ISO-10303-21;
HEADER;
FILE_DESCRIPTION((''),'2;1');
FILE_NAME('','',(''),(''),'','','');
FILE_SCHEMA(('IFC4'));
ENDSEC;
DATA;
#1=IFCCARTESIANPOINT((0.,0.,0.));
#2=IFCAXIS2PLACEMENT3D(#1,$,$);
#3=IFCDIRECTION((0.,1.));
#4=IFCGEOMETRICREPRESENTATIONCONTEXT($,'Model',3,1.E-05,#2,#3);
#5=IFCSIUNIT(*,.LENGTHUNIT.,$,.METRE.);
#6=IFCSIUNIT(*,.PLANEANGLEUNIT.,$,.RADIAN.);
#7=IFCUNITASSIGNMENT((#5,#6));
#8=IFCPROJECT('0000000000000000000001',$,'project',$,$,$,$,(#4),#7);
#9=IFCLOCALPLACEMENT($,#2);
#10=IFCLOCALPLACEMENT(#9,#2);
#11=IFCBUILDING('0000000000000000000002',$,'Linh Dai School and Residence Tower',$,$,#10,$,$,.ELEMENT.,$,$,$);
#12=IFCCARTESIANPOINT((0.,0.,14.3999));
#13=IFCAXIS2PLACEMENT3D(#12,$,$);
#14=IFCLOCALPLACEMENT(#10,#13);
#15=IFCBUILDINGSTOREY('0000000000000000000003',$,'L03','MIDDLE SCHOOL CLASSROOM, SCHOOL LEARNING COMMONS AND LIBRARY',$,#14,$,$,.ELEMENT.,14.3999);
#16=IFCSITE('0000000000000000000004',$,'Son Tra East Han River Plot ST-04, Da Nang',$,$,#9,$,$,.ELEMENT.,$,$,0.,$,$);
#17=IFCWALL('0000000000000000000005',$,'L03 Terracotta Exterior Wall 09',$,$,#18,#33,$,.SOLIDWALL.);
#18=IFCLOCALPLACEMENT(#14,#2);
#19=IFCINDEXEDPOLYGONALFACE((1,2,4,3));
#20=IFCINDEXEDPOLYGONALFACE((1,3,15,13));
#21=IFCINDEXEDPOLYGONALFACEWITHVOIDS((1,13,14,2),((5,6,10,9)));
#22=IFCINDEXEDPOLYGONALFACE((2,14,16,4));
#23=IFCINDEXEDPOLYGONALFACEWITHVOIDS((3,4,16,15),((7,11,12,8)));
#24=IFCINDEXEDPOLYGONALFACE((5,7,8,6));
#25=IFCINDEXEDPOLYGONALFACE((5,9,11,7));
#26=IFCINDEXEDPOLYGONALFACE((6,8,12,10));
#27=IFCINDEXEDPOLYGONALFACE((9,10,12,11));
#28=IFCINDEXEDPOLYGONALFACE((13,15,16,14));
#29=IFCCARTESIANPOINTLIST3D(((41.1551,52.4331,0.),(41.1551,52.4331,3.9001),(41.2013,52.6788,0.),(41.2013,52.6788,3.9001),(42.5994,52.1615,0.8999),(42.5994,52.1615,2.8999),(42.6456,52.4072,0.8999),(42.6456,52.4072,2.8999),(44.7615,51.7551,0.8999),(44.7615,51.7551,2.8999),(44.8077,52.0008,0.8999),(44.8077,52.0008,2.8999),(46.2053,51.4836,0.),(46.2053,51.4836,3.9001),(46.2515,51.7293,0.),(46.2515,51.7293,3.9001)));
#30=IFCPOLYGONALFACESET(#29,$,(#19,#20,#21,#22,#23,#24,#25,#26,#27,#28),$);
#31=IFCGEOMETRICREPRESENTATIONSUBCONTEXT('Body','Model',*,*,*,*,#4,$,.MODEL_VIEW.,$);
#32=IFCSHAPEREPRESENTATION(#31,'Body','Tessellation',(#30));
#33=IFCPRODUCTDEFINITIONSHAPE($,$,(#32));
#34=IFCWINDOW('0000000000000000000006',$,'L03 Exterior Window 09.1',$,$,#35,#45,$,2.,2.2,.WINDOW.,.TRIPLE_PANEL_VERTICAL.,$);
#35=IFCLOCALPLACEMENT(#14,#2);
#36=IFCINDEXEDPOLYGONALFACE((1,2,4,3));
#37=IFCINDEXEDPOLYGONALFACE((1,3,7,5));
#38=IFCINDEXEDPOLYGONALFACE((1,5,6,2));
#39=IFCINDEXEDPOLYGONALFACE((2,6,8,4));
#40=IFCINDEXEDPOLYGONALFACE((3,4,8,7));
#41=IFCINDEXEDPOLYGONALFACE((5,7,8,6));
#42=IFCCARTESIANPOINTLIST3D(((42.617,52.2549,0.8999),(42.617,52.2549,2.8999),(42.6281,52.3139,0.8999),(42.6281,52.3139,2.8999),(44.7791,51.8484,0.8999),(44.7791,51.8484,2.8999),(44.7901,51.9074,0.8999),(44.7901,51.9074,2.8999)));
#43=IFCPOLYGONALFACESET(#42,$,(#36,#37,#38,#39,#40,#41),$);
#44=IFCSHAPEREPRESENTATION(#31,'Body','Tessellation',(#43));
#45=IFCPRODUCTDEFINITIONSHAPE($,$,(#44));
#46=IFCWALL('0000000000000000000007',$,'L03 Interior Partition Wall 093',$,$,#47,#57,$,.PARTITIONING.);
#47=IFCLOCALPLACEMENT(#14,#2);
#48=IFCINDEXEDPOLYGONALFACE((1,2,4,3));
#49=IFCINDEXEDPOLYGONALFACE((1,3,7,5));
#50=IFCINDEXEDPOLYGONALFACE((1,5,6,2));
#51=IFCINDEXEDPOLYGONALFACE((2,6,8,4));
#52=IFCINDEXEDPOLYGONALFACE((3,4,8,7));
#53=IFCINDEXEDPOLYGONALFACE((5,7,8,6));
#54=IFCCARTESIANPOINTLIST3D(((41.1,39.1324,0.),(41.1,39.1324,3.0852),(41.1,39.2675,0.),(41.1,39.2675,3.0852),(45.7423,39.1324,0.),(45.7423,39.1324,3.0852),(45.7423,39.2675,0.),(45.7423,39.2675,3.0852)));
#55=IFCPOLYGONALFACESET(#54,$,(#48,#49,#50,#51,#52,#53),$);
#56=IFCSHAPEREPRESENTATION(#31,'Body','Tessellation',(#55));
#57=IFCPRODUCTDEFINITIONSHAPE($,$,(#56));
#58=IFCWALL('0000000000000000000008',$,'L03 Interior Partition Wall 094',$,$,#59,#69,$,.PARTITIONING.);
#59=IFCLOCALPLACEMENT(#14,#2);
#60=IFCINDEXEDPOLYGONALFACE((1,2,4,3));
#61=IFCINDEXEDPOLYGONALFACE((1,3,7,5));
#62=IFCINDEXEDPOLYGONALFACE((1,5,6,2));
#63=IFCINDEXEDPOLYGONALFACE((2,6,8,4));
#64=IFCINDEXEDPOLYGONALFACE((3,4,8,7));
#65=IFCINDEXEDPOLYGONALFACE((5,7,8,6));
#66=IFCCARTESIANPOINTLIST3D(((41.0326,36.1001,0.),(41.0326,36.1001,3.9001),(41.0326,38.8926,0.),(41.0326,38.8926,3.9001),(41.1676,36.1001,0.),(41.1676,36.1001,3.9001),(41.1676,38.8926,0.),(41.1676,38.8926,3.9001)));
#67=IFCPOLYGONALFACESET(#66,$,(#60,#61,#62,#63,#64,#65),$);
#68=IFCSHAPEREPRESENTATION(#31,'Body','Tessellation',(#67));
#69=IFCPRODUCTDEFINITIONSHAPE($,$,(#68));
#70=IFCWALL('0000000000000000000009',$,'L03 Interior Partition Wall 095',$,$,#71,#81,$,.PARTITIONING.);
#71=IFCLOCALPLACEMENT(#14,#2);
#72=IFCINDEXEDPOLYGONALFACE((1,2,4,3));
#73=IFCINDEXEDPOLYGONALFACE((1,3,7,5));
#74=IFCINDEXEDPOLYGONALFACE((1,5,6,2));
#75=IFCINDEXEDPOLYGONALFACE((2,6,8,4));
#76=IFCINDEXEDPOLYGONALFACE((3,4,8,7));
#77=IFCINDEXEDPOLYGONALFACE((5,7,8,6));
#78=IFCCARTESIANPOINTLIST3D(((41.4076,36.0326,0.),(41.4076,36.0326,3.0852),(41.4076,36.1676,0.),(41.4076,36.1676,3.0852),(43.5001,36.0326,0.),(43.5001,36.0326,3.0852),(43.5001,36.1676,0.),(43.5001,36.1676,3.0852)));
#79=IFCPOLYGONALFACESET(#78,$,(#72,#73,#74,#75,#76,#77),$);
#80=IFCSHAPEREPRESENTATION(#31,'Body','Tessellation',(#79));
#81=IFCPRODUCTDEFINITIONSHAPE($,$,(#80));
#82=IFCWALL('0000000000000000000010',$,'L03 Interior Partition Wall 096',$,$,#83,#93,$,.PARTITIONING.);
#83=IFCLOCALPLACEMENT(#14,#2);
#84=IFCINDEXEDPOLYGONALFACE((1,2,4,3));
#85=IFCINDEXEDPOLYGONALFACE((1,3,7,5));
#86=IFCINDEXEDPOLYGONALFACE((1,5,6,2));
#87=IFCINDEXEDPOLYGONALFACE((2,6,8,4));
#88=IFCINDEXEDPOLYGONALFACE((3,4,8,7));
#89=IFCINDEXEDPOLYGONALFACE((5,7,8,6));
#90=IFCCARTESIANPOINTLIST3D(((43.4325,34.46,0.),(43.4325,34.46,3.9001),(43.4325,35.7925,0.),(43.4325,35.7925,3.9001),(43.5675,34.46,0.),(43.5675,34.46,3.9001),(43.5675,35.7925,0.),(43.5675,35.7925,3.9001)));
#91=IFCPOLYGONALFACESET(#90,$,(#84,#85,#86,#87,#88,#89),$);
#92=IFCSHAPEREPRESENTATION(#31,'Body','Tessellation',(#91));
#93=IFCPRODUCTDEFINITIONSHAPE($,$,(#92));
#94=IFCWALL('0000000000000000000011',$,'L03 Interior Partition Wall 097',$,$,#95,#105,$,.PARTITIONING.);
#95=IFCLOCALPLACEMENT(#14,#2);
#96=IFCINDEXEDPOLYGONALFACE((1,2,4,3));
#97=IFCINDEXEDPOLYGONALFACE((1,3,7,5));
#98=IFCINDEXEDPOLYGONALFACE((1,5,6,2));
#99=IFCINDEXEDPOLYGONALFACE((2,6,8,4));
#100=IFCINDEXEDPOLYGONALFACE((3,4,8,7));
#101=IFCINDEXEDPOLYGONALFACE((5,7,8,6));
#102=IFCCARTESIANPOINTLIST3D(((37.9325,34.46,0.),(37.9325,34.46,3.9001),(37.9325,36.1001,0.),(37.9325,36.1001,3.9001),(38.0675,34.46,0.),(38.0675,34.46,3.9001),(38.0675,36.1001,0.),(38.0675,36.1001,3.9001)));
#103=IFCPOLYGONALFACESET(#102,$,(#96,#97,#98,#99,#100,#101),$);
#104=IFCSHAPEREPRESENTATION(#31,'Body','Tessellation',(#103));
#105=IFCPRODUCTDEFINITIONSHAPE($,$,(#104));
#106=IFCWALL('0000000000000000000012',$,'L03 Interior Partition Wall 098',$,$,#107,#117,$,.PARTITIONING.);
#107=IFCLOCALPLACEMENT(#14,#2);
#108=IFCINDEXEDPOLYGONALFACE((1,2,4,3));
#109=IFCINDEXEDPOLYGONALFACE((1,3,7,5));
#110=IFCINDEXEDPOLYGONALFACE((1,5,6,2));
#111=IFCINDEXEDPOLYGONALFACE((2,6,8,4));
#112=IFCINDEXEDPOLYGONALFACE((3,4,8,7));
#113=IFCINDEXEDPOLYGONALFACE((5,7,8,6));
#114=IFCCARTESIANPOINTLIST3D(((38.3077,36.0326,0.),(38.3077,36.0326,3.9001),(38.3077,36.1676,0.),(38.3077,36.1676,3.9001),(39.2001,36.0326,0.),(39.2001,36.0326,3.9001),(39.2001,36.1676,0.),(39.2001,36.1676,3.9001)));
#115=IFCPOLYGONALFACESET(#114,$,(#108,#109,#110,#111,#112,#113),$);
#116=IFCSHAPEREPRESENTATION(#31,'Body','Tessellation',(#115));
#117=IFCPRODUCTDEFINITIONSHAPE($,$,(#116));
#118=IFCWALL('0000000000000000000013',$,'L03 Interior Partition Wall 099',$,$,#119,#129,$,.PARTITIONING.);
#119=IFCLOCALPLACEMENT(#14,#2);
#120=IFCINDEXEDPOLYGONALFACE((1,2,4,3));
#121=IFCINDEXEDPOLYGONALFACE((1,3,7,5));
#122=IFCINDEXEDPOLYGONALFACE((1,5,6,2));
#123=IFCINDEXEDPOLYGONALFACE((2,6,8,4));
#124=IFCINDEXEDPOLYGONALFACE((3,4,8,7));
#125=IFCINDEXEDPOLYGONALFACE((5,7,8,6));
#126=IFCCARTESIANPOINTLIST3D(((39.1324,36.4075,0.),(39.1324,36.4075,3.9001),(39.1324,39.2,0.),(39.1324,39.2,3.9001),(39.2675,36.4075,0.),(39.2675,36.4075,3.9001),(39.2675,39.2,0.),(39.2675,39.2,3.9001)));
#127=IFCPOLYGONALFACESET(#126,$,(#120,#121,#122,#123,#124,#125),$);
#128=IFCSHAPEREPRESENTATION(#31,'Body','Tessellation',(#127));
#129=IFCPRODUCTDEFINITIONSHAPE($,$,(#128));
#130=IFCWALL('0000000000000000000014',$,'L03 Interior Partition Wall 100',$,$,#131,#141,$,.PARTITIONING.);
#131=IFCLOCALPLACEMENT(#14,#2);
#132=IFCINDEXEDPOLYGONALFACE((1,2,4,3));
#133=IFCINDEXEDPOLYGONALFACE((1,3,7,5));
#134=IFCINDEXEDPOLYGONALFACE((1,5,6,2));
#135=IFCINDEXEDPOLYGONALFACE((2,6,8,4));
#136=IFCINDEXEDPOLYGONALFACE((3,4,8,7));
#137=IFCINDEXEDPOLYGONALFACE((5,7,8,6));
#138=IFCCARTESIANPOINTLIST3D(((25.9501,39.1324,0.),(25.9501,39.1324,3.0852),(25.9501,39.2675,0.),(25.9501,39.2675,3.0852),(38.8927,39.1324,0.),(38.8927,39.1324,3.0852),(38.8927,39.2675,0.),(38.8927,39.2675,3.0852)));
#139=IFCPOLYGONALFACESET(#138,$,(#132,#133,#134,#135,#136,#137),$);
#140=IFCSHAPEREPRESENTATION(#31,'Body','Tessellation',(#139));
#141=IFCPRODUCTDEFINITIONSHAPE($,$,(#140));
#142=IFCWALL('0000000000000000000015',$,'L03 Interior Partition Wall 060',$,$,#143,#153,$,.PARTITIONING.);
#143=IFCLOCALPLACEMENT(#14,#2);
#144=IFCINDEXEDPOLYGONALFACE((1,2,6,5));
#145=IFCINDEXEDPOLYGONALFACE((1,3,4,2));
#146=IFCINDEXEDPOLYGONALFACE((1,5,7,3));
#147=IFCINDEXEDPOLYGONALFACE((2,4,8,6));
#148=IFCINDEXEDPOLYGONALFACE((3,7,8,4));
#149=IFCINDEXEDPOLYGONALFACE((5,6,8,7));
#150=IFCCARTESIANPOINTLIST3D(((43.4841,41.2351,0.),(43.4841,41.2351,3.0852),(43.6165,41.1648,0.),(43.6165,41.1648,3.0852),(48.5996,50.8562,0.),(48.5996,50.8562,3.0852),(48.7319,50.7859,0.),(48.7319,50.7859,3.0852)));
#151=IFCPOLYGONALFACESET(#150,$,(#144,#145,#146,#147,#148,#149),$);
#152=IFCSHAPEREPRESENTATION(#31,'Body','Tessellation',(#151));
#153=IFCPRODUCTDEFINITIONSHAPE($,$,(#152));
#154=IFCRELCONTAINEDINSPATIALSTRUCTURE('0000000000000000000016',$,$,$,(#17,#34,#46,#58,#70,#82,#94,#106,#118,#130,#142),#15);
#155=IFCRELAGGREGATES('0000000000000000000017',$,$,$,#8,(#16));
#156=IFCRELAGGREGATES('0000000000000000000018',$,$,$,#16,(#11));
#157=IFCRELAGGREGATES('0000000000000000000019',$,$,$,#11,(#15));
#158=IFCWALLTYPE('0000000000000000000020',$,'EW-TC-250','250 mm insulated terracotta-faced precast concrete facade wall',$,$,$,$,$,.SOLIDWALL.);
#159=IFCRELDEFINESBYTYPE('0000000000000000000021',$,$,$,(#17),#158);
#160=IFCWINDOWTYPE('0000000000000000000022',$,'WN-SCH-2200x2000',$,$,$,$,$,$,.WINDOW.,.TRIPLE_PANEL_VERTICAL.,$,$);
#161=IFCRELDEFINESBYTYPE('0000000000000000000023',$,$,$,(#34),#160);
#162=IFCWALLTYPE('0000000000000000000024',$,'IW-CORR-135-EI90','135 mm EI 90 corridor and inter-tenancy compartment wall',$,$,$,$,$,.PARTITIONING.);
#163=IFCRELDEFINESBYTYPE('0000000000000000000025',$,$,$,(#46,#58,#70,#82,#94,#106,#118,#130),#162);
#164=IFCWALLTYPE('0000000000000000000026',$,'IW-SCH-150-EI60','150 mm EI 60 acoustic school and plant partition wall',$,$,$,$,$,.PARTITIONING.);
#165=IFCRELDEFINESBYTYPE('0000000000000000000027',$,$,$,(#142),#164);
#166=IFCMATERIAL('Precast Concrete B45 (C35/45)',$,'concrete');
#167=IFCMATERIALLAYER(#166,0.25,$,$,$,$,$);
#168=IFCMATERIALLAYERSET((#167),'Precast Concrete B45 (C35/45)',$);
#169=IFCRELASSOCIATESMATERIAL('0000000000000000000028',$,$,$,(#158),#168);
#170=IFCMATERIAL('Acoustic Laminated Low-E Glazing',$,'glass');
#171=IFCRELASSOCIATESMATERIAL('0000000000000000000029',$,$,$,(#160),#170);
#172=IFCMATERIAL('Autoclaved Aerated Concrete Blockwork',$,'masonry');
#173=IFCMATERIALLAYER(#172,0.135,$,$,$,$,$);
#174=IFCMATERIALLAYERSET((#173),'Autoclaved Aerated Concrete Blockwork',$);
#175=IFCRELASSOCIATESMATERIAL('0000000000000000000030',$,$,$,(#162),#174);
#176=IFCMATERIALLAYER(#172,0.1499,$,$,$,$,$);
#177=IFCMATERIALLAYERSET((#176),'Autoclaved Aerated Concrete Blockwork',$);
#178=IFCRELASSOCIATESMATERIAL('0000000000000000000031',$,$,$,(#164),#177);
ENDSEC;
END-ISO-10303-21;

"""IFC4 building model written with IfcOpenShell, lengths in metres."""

from ifc_helpers import new_model, si_unit, direction, frame, frame_2d, origin, origin_2d, place, context, subcontext, project, spatial, rectangle, extrude, source, transform, mapped, material, layer, layer_set, type_object, element, fill, save


model = new_model("IFC4")

# Units and contexts
model_context = context("Model", 3, precision=1e-05, world=origin(), true_north=direction((0.0, 1.0)))
body_context = subcontext(model_context, "Body", "Model", "MODEL_VIEW")
ifc_project = project(units=[si_unit("LENGTHUNIT", "METRE"), si_unit("PLANEANGLEUNIT", "RADIAN")], contexts=[model_context])

# Site, building, storey
site_placement = place(None, origin())
site = spatial("IfcSite", under=ifc_project, at=site_placement, Name="Son Tra East Han River Plot ST-04, Da Nang", CompositionType="ELEMENT", RefElevation=0.0)
building_placement = place(site_placement, origin())
building = spatial("IfcBuilding", under=site, at=building_placement, Name="Linh Dai School and Residence Tower", CompositionType="ELEMENT")
storey_placement = place(building_placement, frame((0.0, 0.0, 14.3999)))
storey = spatial("IfcBuildingStorey", under=building, at=storey_placement, Name="L03", Description="MIDDLE SCHOOL CLASSROOM, SCHOOL LEARNING COMMONS AND LIBRARY", CompositionType="ELEMENT", Elevation=14.3999)

# Wall, opening, window
ifc_material_1 = material(Name="Precast Concrete B45 (C35/45)", Category="concrete")
ifc_layer_1 = layer(ifc_material_1, 0.25)
ifc_layer_set_1 = layer_set([ifc_layer_1], Name="Precast Concrete B45 (C35/45)")
wall_type_1 = type_object("IfcWallType", Name="EW-TC-250", Description="250 mm insulated terracotta-faced precast concrete facade wall", PredefinedType="SOLIDWALL", material=ifc_layer_set_1)
wall_1_placement = place(storey_placement, frame((41.1782, 52.5559, 0.0), z_axis=(0.0, 0.0, 1.0), x_axis=(0.982783, -0.184765, 0.0)))
wall_1 = element("IfcWall", 1, at=wall_1_placement, inside=storey, type_object=wall_type_1, Name="L03 Terracotta Exterior Wall 09", PredefinedType="SOLIDWALL", context=body_context, shape_type="SweptSolid", body=[
    extrude(rectangle(XDim=5.1387, YDim=0.25, at=frame_2d((2.5693, 0.0))), origin(), (0.0, 0.0, 1.0), 3.9001),
])
opening_placement = place(wall_1_placement, frame((1.4695, 0.0, 0.8999)))
opening = element("IfcOpeningElement", 2, at=opening_placement, cuts=wall_1, PredefinedType="OPENING", context=body_context, shape_type="SweptSolid", body=[
    extrude(rectangle(XDim=2.2, YDim=2.0, at=origin_2d()), frame((1.1001, 0.135, 1.0), z_axis=(0.0, -1.0, 0.0), x_axis=(1.0, 0.0, 0.0)), (0.0, 0.0, 1.0), 0.27),
])
ifc_material_2 = material(Name="Acoustic Laminated Low-E Glazing", Category="glass")
window_type = type_object("IfcWindowType", Name="WN-SCH-2200x2000", PartitioningType="TRIPLE_PANEL_VERTICAL", PredefinedType="WINDOW", material=ifc_material_2)
shared_shape_1 = source(origin(), body_context, "Body", "SweptSolid", [
    extrude(rectangle(XDim=2.2, YDim=2.0, at=origin_2d()), frame((1.1001, 0.03, 1.0), z_axis=(0.0, -1.0, 0.0), x_axis=(1.0, 0.0, 0.0)), (0.0, 0.0, 1.0), 0.0601),
])
window_placement = place(opening_placement, origin())
window = element("IfcWindow", 3, at=window_placement, inside=storey, type_object=window_type, Name="L03 Exterior Window 09.1", OverallHeight=2.0, OverallWidth=2.2, PartitioningType="TRIPLE_PANEL_VERTICAL", PredefinedType="WINDOW", context=body_context, shape_type="MappedRepresentation", body=[
    mapped(shared_shape_1, transform((0.0, 0.0, 0.0), x_axis=(1.0, 0.0, 0.0), y_axis=(0.0, 1.0, 0.0), z_axis=(0.0, 0.0, 1.0), scale=1.0)),
])
fill(opening, window)

# Walls
ifc_material_3 = material(Name="Autoclaved Aerated Concrete Blockwork", Category="masonry")
ifc_layer_2 = layer(ifc_material_3, 0.135)
ifc_layer_set_2 = layer_set([ifc_layer_2], Name="Autoclaved Aerated Concrete Blockwork")
wall_type_2 = type_object("IfcWallType", Name="IW-CORR-135-EI90", Description="135 mm EI 90 corridor and inter-tenancy compartment wall", PredefinedType="PARTITIONING", material=ifc_layer_set_2)
wall_2_placement = place(storey_placement, frame((45.7424, 39.2, 0.0), z_axis=(0.0, 0.0, 1.0), x_axis=(-1.0, 0.0, 0.0)))
element("IfcWall", 4, at=wall_2_placement, inside=storey, type_object=wall_type_2, Name="L03 Interior Partition Wall 093", PredefinedType="PARTITIONING", context=body_context, shape_type="SweptSolid", body=[
    extrude(rectangle(XDim=4.6423, YDim=0.135, at=frame_2d((2.3213, 0.0))), origin(), (0.0, 0.0, 1.0), 3.0852),
])
wall_3_placement = place(storey_placement, frame((41.1001, 38.8926, 0.0), z_axis=(0.0, 0.0, 1.0), x_axis=(0.0, -1.0, 0.0)))
element("IfcWall", 5, at=wall_3_placement, inside=storey, type_object=wall_type_2, Name="L03 Interior Partition Wall 094", PredefinedType="PARTITIONING", context=body_context, shape_type="SweptSolid", body=[
    extrude(rectangle(XDim=2.7925, YDim=0.135, at=frame_2d((1.3962, 0.0))), origin(), (0.0, 0.0, 1.0), 3.9001),
])
wall_4_placement = place(storey_placement, frame((41.4075, 36.1001, 0.0), z_axis=(0.0, 0.0, 1.0), x_axis=(1.0, 0.0, 0.0)))
element("IfcWall", 6, at=wall_4_placement, inside=storey, type_object=wall_type_2, Name="L03 Interior Partition Wall 095", PredefinedType="PARTITIONING", context=body_context, shape_type="SweptSolid", body=[
    extrude(rectangle(XDim=2.0925, YDim=0.135, at=frame_2d((1.0464, 0.0))), origin(), (0.0, 0.0, 1.0), 3.0852),
])
wall_5_placement = place(storey_placement, frame((43.5, 35.7925, 0.0), z_axis=(0.0, 0.0, 1.0), x_axis=(0.0, -1.0, 0.0)))
element("IfcWall", 7, at=wall_5_placement, inside=storey, type_object=wall_type_2, Name="L03 Interior Partition Wall 096", PredefinedType="PARTITIONING", context=body_context, shape_type="SweptSolid", body=[
    extrude(rectangle(XDim=1.3325, YDim=0.135, at=frame_2d((0.6663, 0.0))), origin(), (0.0, 0.0, 1.0), 3.9001),
])
wall_6_placement = place(storey_placement, frame((38.0, 34.46, 0.0), z_axis=(0.0, 0.0, 1.0), x_axis=(0.0, 1.0, 0.0)))
element("IfcWall", 8, at=wall_6_placement, inside=storey, type_object=wall_type_2, Name="L03 Interior Partition Wall 097", PredefinedType="PARTITIONING", context=body_context, shape_type="SweptSolid", body=[
    extrude(rectangle(XDim=1.6401, YDim=0.135, at=frame_2d((0.8201, 0.0))), origin(), (0.0, 0.0, 1.0), 3.9001),
])
wall_7_placement = place(storey_placement, frame((38.3076, 36.1001, 0.0), z_axis=(0.0, 0.0, 1.0), x_axis=(1.0, 0.0, 0.0)))
element("IfcWall", 9, at=wall_7_placement, inside=storey, type_object=wall_type_2, Name="L03 Interior Partition Wall 098", PredefinedType="PARTITIONING", context=body_context, shape_type="SweptSolid", body=[
    extrude(rectangle(XDim=0.8923, YDim=0.135, at=frame_2d((0.4463, 0.0))), origin(), (0.0, 0.0, 1.0), 3.9001),
])
wall_8_placement = place(storey_placement, frame((39.2, 36.4075, 0.0), z_axis=(0.0, 0.0, 1.0), x_axis=(0.0, 1.0, 0.0)))
element("IfcWall", 10, at=wall_8_placement, inside=storey, type_object=wall_type_2, Name="L03 Interior Partition Wall 099", PredefinedType="PARTITIONING", context=body_context, shape_type="SweptSolid", body=[
    extrude(rectangle(XDim=2.7925, YDim=0.135, at=frame_2d((1.3962, 0.0))), origin(), (0.0, 0.0, 1.0), 3.9001),
])
wall_9_placement = place(storey_placement, frame((38.8926, 39.2, 0.0), z_axis=(0.0, 0.0, 1.0), x_axis=(-1.0, 0.0, 0.0)))
element("IfcWall", 11, at=wall_9_placement, inside=storey, type_object=wall_type_2, Name="L03 Interior Partition Wall 100", PredefinedType="PARTITIONING", context=body_context, shape_type="SweptSolid", body=[
    extrude(rectangle(XDim=12.9426, YDim=0.135, at=frame_2d((6.4712, 0.0))), origin(), (0.0, 0.0, 1.0), 3.0852),
])
ifc_layer_3 = layer(ifc_material_3, 0.1499)
ifc_layer_set_3 = layer_set([ifc_layer_3], Name="Autoclaved Aerated Concrete Blockwork")
wall_type_3 = type_object("IfcWallType", Name="IW-SCH-150-EI60", Description="150 mm EI 60 acoustic school and plant partition wall", PredefinedType="PARTITIONING", material=ifc_layer_set_3)
wall_10_placement = place(storey_placement, frame((43.5503, 41.2, 0.0), z_axis=(0.0, 0.0, 1.0), x_axis=(0.469461, 0.882953, 0.0)))
element("IfcWall", 12, at=wall_10_placement, inside=storey, type_object=wall_type_3, Name="L03 Interior Partition Wall 060", PredefinedType="PARTITIONING", context=body_context, shape_type="SweptSolid", body=[
    extrude(rectangle(XDim=10.8965, YDim=0.1499, at=frame_2d((5.4482, 0.0))), origin(), (0.0, 0.0, 1.0), 3.0852),
])

save(model, "model.ifc")
